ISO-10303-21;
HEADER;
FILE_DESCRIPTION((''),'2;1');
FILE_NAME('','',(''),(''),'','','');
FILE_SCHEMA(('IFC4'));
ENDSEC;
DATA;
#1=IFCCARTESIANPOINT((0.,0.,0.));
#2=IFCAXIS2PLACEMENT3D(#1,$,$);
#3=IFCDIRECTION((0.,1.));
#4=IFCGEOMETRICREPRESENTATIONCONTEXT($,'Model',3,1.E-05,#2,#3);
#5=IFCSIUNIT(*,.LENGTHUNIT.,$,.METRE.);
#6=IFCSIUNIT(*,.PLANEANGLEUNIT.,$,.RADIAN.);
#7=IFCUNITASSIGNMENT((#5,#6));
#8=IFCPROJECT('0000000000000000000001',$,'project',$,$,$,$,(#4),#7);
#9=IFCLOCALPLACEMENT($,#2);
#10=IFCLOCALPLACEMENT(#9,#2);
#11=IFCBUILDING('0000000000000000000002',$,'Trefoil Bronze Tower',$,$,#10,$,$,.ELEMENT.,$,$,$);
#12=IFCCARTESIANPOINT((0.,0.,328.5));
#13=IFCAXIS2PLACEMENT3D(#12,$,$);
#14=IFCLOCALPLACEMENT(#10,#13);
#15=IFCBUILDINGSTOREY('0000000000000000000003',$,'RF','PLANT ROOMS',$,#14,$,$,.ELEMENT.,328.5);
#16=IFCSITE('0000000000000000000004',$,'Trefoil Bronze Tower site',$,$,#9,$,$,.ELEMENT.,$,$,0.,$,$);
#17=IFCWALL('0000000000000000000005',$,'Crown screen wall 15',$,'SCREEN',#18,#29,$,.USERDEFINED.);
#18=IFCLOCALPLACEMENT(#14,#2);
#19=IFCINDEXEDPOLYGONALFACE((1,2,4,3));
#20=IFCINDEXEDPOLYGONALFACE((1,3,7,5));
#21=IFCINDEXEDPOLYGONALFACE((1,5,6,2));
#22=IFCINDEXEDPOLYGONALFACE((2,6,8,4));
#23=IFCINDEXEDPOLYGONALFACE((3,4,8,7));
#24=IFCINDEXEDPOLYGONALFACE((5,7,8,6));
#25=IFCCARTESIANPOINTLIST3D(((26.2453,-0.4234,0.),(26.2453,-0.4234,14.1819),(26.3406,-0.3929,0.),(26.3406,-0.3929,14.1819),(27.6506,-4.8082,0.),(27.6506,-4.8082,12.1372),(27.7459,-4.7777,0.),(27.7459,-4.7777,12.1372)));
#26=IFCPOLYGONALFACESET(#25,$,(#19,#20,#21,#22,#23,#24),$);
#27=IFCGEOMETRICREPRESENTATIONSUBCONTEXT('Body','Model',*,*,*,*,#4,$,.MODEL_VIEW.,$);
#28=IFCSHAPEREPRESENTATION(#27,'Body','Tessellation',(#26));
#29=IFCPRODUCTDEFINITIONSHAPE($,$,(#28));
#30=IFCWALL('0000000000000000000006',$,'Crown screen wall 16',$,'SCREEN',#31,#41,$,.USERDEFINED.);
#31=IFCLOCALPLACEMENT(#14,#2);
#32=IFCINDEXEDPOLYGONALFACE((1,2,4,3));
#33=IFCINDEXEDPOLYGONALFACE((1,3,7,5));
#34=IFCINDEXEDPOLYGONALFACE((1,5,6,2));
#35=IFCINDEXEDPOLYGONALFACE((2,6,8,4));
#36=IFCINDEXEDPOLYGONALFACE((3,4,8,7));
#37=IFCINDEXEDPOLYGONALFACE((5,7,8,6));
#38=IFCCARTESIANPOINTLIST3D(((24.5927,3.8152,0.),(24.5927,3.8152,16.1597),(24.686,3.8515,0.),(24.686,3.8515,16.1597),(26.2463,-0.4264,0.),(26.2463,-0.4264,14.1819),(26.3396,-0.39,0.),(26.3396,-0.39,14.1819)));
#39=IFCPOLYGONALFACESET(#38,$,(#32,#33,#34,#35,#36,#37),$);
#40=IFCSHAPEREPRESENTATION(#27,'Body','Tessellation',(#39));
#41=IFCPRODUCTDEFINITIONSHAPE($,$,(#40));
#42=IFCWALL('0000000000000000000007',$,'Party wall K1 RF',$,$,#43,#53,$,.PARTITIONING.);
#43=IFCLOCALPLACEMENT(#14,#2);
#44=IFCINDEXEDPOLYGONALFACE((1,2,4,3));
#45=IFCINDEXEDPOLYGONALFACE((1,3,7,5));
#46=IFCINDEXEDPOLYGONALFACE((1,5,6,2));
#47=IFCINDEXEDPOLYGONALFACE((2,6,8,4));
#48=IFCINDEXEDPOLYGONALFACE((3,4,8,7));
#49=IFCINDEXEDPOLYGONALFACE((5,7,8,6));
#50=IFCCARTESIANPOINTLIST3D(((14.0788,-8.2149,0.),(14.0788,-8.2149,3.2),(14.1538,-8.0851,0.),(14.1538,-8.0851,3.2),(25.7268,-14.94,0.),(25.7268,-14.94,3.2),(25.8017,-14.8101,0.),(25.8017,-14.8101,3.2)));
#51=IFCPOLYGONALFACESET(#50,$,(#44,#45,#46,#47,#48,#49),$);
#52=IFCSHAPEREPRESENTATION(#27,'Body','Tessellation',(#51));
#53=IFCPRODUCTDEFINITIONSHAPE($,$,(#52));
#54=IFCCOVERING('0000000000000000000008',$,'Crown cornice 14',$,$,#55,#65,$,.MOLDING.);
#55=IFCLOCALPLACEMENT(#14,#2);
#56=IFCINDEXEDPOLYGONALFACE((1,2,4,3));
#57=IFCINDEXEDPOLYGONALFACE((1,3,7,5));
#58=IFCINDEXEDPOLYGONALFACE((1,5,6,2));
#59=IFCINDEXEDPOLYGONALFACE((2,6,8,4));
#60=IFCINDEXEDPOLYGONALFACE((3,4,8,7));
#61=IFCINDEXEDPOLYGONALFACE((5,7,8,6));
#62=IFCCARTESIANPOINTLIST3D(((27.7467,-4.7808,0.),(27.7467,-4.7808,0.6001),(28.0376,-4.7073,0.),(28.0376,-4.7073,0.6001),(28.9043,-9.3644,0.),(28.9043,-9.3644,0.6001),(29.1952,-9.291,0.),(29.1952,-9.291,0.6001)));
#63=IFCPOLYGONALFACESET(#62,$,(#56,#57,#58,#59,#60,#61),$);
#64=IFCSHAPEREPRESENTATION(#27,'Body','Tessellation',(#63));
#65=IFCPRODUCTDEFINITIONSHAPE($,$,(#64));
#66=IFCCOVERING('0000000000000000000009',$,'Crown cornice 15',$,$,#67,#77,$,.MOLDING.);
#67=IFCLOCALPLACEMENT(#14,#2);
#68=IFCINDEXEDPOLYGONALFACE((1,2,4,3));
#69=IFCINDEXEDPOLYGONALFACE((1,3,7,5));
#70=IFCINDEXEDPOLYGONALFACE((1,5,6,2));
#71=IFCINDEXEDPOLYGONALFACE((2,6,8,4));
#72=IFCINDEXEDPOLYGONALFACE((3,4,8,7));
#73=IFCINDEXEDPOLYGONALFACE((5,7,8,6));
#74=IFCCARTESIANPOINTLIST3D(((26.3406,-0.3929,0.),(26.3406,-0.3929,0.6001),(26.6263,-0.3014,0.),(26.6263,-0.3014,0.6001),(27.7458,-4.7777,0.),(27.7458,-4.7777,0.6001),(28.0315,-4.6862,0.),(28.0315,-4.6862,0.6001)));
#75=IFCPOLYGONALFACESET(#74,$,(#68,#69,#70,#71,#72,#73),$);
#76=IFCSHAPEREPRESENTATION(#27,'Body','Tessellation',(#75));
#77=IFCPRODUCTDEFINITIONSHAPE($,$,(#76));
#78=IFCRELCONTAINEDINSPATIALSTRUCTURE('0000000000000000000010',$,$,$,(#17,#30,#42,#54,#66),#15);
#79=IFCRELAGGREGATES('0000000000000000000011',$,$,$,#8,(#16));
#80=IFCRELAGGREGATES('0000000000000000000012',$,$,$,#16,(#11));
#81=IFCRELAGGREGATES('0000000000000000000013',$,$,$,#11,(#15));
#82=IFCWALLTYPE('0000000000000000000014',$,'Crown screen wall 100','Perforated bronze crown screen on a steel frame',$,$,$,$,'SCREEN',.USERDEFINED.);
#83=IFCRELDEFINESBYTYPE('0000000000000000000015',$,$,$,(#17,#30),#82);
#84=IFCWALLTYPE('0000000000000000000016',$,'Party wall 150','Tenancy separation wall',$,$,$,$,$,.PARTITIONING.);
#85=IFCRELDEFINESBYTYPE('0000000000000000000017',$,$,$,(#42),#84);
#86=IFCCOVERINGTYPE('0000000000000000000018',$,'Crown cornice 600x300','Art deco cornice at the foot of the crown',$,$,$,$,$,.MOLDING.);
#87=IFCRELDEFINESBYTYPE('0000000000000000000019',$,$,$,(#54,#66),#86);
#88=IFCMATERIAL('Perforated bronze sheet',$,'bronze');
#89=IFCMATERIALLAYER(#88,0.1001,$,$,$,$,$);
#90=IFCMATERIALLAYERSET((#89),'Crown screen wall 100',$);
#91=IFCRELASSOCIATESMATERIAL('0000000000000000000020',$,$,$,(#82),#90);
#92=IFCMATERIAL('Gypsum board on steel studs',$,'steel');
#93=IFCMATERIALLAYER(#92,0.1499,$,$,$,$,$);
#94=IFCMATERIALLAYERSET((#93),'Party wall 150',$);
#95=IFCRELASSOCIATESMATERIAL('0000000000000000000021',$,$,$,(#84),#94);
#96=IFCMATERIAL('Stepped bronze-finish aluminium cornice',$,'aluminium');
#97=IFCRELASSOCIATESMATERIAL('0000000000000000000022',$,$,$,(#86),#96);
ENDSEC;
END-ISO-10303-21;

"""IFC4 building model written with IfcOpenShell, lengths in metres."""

from ifc_helpers import new_model, si_unit, direction, frame, frame_2d, origin, origin_2d, place, context, subcontext, project, spatial, polyline, rectangle, outline, extrude, material, layer, layer_set, type_object, element, save


model = new_model("IFC4")

# Units and contexts
model_context = context("Model", 3, precision=1e-05, world=origin(), true_north=direction((0.0, 1.0)))
body_context = subcontext(model_context, "Body", "Model", "MODEL_VIEW")
ifc_project = project(units=[si_unit("LENGTHUNIT", "METRE"), si_unit("PLANEANGLEUNIT", "RADIAN")], contexts=[model_context])

# Site, building, storey
site_placement = place(None, origin())
site = spatial("IfcSite", under=ifc_project, at=site_placement, Name="Trefoil Bronze Tower site", CompositionType="ELEMENT", RefElevation=0.0)
building_placement = place(site_placement, origin())
building = spatial("IfcBuilding", under=site, at=building_placement, Name="Trefoil Bronze Tower", CompositionType="ELEMENT")
storey_placement = place(building_placement, frame((0.0, 0.0, 328.5)))
storey = spatial("IfcBuildingStorey", under=building, at=storey_placement, Name="RF", Description="PLANT ROOMS", CompositionType="ELEMENT", Elevation=328.5)

# Walls
ifc_material_1 = material(Name="Perforated bronze sheet", Category="bronze")
ifc_layer_1 = layer(ifc_material_1, 0.1001)
ifc_layer_set_1 = layer_set([ifc_layer_1], Name="Crown screen wall 100")
wall_type_1 = type_object("IfcWallType", Name="Crown screen wall 100", Description="Perforated bronze crown screen on a steel frame", ElementType="SCREEN", PredefinedType="USERDEFINED", material=ifc_layer_set_1)
wall_1_placement = place(storey_placement, frame((27.6982, -4.793, 0.0), z_axis=(0.0, 0.0, 1.0), x_axis=(-0.305199, 0.952289, 0.0)))
element("IfcWall", 1, at=wall_1_placement, inside=storey, type_object=wall_type_1, Name="Crown screen wall 15", ObjectType="SCREEN", PredefinedType="USERDEFINED", context=body_context, shape_type="SweptSolid", body=[
    extrude(outline(polyline([(0.0, 0.0), (4.6045, 0.0), (4.6045, 14.1819), (0.0, 12.1372), (0.0, 0.0)])), frame((0.0, 0.05, 0.0), z_axis=(0.0, -1.0, 0.0), x_axis=(1.0, 0.0, 0.0)), (0.0, 0.0, 1.0), 0.1001),
])
wall_2_placement = place(storey_placement, frame((26.293, -0.4082, 0.0), z_axis=(0.0, 0.0, 1.0), x_axis=(-0.36323, 0.931699, 0.0)))
element("IfcWall", 2, at=wall_2_placement, inside=storey, type_object=wall_type_1, Name="Crown screen wall 16", ObjectType="SCREEN", PredefinedType="USERDEFINED", context=body_context, shape_type="SweptSolid", body=[
    extrude(outline(polyline([(0.0, 0.0), (4.5525, 0.0), (4.5525, 16.1597), (0.0, 14.1819), (0.0, 0.0)])), frame((0.0, 0.05, 0.0), z_axis=(0.0, -1.0, 0.0), x_axis=(1.0, 0.0, 0.0)), (0.0, 0.0, 1.0), 0.1001),
])
ifc_material_2 = material(Name="Gypsum board on steel studs", Category="steel")
ifc_layer_2 = layer(ifc_material_2, 0.1499)
ifc_layer_set_2 = layer_set([ifc_layer_2], Name="Party wall 150")
wall_type_2 = type_object("IfcWallType", Name="Party wall 150", Description="Tenancy separation wall", PredefinedType="PARTITIONING", material=ifc_layer_set_2)
wall_3_placement = place(storey_placement, frame((14.1162, -8.1499, 0.0), z_axis=(0.0, 0.0, 1.0), x_axis=(0.866021, -0.500008, 0.0)))
element("IfcWall", 3, at=wall_3_placement, inside=storey, type_object=wall_type_2, Name="Party wall K1 RF", PredefinedType="PARTITIONING", context=body_context, shape_type="SweptSolid", body=[
    extrude(rectangle(XDim=13.45, YDim=0.1499, at=frame_2d((6.7251, 0.0))), origin(), (0.0, 0.0, 1.0), 3.2),
])

# Coverings
ifc_material_3 = material(Name="Stepped bronze-finish aluminium cornice", Category="aluminium")
covering_type = type_object("IfcCoveringType", Name="Crown cornice 600x300", Description="Art deco cornice at the foot of the crown", PredefinedType="MOLDING", material=ifc_material_3)
covering_1_placement = place(storey_placement, frame((28.4709, -7.0359, 0.0), z_axis=(0.0, 0.0, 1.0), x_axis=(-0.24488, 0.969554, 0.0)))
element("IfcCovering", 4, at=covering_1_placement, inside=storey, type_object=covering_type, Name="Crown cornice 14", PredefinedType="MOLDING", context=body_context, shape_type="SweptSolid", body=[
    extrude(rectangle(XDim=4.7275, YDim=0.3, at=origin_2d()), origin(), (0.0, 0.0, 1.0), 0.6001),
])
covering_2_placement = place(storey_placement, frame((27.186, -2.5396, 0.0), z_axis=(0.0, 0.0, 1.0), x_axis=(-0.305188, 0.952292, 0.0)))
element("IfcCovering", 5, at=covering_2_placement, inside=storey, type_object=covering_type, Name="Crown cornice 15", PredefinedType="MOLDING", context=body_context, shape_type="SweptSolid", body=[
    extrude(rectangle(XDim=4.6045, YDim=0.3, at=origin_2d()), origin(), (0.0, 0.0, 1.0), 0.6001),
])

save(model, "model.ifc")
